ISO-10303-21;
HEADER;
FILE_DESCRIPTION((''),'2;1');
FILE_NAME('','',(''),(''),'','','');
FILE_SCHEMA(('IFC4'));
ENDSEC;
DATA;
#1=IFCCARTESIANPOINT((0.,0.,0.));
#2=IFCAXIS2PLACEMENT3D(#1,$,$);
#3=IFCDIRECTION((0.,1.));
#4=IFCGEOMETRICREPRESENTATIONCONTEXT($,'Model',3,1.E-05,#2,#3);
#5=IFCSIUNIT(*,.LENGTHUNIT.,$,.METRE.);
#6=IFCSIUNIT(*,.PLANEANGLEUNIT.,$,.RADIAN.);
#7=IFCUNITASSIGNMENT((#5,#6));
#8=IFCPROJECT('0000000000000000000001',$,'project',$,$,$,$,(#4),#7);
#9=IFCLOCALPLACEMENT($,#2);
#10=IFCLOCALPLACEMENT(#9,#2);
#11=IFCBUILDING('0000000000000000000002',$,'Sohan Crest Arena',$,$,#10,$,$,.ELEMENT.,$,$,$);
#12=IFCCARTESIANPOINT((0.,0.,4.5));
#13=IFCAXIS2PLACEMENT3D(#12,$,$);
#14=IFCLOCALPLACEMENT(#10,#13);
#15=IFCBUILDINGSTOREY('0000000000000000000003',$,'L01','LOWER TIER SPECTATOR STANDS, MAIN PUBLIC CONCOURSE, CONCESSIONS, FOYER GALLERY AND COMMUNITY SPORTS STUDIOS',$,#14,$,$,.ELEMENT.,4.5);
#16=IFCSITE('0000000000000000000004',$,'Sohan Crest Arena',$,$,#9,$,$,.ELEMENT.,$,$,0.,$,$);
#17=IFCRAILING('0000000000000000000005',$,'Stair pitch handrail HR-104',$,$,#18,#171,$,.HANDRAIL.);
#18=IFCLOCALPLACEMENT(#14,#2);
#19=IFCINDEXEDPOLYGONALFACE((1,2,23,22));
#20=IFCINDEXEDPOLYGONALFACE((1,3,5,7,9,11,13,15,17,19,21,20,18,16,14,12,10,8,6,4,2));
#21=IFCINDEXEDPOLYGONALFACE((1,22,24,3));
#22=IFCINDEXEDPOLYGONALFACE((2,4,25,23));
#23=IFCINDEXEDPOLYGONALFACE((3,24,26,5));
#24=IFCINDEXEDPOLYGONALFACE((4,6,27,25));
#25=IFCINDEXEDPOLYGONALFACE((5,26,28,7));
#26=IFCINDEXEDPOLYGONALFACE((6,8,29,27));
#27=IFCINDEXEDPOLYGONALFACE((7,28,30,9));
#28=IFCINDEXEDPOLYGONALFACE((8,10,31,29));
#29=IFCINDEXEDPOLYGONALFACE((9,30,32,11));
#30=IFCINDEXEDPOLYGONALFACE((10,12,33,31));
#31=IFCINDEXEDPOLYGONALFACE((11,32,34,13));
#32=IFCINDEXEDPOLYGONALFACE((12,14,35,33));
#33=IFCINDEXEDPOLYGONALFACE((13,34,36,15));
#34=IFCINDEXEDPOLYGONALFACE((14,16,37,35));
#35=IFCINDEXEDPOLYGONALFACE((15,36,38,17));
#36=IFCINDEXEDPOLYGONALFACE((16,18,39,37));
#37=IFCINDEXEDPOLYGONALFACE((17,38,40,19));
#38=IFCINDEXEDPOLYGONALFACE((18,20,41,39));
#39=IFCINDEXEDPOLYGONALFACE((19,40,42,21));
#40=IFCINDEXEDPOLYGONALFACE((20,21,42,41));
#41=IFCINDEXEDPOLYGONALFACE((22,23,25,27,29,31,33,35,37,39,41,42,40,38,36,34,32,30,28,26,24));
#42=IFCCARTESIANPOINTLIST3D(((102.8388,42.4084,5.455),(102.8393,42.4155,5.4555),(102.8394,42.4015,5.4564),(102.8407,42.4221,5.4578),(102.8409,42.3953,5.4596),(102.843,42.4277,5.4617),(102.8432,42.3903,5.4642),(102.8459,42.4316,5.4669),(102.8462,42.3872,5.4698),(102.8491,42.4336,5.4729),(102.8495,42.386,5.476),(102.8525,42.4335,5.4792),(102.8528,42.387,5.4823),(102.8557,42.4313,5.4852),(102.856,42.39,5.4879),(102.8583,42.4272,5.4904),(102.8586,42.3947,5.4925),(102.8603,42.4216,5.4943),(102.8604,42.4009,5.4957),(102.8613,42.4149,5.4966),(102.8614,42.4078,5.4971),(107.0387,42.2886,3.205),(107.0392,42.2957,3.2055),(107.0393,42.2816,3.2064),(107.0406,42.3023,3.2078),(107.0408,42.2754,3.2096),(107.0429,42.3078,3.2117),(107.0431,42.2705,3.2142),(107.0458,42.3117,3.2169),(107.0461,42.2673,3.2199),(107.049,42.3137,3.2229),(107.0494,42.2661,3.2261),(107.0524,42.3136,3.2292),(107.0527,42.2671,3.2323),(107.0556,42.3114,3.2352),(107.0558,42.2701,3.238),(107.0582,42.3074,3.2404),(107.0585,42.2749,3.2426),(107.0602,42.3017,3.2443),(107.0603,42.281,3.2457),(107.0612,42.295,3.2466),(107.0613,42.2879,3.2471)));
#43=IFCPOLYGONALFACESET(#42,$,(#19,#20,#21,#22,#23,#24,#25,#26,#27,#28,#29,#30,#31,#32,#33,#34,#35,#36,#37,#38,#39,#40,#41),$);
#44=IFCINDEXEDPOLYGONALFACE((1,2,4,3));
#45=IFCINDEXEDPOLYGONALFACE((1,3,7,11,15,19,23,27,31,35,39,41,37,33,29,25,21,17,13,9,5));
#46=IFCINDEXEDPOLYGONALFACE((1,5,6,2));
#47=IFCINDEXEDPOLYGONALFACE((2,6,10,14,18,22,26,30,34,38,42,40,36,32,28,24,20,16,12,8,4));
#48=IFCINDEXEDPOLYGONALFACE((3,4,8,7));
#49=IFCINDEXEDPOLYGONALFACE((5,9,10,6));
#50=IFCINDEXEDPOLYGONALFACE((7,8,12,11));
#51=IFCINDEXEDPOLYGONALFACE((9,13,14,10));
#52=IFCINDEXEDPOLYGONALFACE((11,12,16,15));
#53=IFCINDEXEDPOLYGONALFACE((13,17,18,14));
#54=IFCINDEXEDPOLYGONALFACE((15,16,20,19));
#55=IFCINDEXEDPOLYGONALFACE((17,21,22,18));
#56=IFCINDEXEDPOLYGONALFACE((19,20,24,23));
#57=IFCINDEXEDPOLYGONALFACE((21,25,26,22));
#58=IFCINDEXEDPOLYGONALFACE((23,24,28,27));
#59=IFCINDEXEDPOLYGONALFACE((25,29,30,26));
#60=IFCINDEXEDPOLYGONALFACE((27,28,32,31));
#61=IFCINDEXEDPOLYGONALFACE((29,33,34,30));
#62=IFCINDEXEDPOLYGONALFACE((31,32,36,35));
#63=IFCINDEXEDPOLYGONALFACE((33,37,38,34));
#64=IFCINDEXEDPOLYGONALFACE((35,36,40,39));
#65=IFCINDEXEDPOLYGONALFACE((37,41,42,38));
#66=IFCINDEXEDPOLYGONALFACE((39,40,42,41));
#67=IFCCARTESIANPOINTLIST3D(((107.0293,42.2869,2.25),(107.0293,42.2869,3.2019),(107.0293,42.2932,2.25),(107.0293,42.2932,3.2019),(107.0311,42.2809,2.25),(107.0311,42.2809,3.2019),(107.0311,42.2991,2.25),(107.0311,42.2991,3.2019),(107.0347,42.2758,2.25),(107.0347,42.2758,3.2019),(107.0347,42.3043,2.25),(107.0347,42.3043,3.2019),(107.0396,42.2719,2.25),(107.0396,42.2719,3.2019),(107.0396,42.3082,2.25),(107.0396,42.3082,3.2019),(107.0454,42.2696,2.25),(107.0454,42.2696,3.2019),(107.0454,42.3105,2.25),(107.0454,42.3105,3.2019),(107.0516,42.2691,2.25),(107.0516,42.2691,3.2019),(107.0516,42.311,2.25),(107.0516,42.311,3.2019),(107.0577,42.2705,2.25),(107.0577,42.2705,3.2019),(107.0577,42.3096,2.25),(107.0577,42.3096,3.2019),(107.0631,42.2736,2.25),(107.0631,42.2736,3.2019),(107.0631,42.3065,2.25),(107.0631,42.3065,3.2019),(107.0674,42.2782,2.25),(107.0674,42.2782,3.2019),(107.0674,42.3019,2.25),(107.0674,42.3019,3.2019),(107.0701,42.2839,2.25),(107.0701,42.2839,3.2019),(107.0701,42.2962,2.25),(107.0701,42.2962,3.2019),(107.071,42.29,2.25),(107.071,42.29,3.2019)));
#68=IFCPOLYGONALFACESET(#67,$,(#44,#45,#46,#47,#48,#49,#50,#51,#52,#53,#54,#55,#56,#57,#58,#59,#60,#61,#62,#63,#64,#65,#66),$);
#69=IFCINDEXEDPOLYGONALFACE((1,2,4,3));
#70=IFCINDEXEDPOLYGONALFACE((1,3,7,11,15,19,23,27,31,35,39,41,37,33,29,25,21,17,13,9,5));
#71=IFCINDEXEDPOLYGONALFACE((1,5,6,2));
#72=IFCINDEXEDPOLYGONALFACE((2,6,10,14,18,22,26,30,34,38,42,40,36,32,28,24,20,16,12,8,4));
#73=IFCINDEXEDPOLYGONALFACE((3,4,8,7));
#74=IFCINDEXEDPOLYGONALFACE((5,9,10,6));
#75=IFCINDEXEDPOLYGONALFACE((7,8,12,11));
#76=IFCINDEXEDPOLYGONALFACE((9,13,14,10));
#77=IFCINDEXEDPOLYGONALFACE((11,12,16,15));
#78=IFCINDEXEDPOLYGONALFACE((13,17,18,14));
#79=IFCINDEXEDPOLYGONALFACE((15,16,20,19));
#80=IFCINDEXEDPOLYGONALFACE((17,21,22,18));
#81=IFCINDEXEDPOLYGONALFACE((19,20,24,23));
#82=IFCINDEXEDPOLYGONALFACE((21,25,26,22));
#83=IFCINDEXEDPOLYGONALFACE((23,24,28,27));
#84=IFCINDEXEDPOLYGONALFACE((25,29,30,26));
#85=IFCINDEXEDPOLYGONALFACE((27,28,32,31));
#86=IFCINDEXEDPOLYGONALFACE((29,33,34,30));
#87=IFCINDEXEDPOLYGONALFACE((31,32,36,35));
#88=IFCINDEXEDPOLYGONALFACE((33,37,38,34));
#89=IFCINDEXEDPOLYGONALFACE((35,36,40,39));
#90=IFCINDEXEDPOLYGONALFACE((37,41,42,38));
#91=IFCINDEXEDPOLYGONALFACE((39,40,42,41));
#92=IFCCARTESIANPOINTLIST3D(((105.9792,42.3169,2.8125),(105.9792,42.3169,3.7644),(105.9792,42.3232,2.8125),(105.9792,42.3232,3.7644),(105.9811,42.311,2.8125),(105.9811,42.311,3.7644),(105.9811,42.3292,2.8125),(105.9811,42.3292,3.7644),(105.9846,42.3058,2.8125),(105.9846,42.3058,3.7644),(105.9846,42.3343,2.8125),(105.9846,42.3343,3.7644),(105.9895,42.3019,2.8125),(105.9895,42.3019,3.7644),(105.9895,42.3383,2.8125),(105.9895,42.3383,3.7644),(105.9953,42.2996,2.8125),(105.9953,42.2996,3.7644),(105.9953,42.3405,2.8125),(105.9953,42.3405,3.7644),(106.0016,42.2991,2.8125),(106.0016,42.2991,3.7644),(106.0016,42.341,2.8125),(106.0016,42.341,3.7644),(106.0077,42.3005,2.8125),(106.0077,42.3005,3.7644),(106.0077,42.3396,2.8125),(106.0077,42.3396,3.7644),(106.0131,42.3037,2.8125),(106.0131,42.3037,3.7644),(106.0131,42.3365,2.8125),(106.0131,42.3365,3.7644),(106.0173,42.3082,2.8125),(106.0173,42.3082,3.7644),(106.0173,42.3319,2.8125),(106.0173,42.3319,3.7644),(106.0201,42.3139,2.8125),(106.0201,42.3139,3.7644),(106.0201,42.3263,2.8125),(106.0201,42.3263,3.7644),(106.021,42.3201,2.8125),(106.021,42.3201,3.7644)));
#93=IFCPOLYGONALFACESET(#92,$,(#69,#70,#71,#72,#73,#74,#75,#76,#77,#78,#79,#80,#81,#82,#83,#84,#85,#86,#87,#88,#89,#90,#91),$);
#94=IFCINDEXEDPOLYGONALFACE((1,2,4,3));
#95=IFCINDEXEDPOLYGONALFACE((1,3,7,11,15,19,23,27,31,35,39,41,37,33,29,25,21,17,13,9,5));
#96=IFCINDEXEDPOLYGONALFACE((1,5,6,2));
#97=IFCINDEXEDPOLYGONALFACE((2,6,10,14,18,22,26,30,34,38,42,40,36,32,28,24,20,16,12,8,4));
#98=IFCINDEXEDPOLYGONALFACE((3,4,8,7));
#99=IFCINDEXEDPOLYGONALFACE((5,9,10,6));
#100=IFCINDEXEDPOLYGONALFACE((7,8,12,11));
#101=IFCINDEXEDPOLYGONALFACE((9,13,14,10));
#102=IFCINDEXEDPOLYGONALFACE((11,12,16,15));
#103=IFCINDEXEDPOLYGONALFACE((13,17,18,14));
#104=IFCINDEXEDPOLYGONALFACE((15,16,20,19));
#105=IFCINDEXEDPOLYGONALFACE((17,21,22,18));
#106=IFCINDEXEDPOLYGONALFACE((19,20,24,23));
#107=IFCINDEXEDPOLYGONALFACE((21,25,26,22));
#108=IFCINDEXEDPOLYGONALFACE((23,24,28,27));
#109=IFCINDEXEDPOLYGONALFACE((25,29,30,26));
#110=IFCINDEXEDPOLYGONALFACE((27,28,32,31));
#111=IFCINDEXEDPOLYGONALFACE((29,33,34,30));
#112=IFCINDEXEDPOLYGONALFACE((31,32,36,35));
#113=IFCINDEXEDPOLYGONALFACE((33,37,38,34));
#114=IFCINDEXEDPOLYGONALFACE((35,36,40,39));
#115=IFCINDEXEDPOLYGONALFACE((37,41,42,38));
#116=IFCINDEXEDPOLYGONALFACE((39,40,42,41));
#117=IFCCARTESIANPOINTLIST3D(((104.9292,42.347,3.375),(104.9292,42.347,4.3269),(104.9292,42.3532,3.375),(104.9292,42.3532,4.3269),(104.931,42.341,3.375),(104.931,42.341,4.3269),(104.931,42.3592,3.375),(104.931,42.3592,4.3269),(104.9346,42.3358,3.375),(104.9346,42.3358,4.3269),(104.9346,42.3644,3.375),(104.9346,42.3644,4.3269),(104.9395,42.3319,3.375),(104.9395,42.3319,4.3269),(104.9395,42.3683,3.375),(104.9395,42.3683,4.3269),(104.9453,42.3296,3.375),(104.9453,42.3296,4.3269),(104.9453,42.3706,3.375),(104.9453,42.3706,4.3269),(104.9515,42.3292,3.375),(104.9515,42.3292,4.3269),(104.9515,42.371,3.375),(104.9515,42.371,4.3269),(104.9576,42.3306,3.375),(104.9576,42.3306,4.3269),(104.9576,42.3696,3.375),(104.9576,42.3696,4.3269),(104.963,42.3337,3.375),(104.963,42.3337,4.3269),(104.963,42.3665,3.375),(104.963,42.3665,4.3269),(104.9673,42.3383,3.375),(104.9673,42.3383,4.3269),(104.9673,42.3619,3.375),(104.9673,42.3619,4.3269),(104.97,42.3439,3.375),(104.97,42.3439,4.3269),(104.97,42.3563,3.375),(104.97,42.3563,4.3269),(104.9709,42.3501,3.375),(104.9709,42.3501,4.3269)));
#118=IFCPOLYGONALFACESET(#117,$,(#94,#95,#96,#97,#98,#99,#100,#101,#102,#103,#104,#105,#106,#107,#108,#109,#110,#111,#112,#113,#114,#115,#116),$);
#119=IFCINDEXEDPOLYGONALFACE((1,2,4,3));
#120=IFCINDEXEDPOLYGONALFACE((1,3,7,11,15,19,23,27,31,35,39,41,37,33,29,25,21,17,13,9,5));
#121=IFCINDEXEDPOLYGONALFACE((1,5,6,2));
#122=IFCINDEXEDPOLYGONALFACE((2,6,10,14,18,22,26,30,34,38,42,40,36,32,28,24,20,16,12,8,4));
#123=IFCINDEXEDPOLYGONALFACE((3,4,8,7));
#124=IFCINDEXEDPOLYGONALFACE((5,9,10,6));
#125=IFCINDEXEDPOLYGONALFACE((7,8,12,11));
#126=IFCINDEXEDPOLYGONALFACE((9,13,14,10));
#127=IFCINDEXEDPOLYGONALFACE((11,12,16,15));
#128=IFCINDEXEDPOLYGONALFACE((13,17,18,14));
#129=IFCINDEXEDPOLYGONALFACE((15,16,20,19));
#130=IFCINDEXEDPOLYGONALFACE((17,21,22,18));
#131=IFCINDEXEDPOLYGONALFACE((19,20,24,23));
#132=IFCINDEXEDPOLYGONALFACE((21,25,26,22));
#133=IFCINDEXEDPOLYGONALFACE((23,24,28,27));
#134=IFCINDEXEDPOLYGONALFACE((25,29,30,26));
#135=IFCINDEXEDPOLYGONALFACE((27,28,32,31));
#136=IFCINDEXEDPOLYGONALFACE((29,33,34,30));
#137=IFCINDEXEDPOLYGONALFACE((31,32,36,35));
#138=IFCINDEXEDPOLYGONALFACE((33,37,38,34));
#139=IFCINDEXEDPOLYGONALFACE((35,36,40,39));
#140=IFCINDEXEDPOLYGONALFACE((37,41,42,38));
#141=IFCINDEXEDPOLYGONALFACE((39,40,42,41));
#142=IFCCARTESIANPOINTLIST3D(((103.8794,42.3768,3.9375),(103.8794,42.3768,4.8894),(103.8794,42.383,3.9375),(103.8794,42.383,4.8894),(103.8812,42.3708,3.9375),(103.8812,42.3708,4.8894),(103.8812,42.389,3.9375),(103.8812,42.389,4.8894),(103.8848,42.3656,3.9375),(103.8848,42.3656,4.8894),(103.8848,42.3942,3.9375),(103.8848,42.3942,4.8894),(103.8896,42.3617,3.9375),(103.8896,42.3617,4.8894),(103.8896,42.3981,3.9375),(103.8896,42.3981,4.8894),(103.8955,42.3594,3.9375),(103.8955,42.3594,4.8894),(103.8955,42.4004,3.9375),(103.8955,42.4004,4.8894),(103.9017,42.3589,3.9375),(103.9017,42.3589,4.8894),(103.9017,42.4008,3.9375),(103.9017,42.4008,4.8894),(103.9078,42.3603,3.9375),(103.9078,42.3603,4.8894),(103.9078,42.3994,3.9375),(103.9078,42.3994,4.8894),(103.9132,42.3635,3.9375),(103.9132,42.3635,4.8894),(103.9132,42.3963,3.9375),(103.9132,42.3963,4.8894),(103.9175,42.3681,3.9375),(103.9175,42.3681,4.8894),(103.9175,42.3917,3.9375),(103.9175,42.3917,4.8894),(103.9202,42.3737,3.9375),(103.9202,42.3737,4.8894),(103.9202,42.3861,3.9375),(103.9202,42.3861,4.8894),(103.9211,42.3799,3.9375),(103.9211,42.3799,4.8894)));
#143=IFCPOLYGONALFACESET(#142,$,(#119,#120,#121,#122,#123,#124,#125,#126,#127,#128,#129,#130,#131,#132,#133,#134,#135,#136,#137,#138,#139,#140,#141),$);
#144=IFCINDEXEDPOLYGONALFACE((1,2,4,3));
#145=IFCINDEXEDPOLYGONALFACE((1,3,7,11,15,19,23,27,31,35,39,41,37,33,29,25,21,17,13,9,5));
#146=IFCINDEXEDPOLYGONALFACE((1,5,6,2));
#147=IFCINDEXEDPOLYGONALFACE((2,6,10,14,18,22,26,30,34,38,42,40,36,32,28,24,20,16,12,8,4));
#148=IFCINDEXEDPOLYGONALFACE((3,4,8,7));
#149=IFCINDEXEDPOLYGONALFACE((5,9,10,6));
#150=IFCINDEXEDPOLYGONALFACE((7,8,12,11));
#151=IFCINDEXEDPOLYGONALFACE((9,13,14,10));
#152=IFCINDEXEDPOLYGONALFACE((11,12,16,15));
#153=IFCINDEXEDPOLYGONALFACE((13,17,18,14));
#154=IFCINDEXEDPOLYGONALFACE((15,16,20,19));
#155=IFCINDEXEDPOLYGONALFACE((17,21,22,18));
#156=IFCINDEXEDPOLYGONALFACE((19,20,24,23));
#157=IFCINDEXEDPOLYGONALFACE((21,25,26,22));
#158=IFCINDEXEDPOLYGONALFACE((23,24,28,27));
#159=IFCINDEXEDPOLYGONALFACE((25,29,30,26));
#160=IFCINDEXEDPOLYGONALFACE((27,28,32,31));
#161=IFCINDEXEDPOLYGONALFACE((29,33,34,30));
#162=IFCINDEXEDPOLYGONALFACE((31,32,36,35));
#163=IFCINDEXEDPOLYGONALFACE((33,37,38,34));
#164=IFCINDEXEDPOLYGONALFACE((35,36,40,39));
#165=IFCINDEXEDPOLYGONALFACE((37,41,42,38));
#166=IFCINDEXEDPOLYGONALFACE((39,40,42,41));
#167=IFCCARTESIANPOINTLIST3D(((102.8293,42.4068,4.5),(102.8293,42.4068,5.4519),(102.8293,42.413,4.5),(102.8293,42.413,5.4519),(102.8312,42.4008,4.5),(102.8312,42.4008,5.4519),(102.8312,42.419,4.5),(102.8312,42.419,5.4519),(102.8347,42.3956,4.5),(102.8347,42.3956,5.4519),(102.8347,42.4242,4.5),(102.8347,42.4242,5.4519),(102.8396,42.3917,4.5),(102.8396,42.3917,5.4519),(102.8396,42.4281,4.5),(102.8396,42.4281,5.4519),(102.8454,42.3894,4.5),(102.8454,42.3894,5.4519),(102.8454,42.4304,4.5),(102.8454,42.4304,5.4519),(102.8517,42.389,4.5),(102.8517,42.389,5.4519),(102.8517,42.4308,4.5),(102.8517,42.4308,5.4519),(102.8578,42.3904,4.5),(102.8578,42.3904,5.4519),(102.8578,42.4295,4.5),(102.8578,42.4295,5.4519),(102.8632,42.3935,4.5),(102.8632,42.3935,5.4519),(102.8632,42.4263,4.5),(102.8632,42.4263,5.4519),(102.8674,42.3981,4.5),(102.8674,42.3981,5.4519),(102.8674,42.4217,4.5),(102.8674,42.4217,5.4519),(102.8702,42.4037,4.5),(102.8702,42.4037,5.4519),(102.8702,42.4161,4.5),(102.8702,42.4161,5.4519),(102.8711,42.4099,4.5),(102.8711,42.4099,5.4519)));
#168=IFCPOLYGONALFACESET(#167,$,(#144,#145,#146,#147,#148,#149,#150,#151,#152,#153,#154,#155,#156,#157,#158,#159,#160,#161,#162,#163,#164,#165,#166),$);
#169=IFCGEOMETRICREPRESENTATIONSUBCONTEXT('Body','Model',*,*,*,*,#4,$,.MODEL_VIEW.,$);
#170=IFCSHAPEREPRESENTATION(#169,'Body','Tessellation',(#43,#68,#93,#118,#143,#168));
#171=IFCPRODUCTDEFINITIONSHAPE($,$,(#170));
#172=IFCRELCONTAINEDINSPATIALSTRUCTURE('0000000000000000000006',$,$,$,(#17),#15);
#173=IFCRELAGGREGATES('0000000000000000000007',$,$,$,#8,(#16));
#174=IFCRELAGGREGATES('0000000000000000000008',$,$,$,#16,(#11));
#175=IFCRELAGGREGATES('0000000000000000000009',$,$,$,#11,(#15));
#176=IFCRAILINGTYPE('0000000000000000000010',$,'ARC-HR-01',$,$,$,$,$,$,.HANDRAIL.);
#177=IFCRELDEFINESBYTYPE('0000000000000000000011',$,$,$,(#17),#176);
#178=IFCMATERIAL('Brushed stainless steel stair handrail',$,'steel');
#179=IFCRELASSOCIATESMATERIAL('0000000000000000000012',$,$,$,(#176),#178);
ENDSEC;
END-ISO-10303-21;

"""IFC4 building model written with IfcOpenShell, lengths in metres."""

from ifc_helpers import new_model, si_unit, direction, frame, origin, origin_2d, place, context, subcontext, project, spatial, circle, extrude, material, type_object, element, save


model = new_model("IFC4")

# Units and contexts
model_context = context("Model", 3, precision=1e-05, world=origin(), true_north=direction((0.0, 1.0)))
body_context = subcontext(model_context, "Body", "Model", "MODEL_VIEW")
ifc_project = project(units=[si_unit("LENGTHUNIT", "METRE"), si_unit("PLANEANGLEUNIT", "RADIAN")], contexts=[model_context])

# Site, building, storey
site_placement = place(None, origin())
site = spatial("IfcSite", under=ifc_project, at=site_placement, Name="Sohan Crest Arena", CompositionType="ELEMENT", RefElevation=0.0)
building_placement = place(site_placement, origin())
building = spatial("IfcBuilding", under=site, at=building_placement, Name="Sohan Crest Arena", CompositionType="ELEMENT")
storey_placement = place(building_placement, frame((0.0, 0.0, 4.5)))
storey = spatial("IfcBuildingStorey", under=building, at=storey_placement, Name="L01", Description="LOWER TIER SPECTATOR STANDS, MAIN PUBLIC CONCOURSE, CONCESSIONS, FOYER GALLERY AND COMMUNITY SPORTS STUDIOS", CompositionType="ELEMENT", Elevation=4.5)

# Railing
ifc_material_1 = material(Name="Brushed stainless steel stair handrail", Category="steel")
railing_type = type_object("IfcRailingType", Name="ARC-HR-01", PredefinedType="HANDRAIL", material=ifc_material_1)
railing_1_placement = place(storey_placement, frame((107.05, 42.29, 2.25)))
element("IfcRailing", 1, at=railing_1_placement, inside=storey, type_object=railing_type, Name="Stair pitch handrail HR-104", PredefinedType="HANDRAIL", context=body_context, shape_type="SweptSolid", body=[
    extrude(circle(Radius=0.0239, at=origin_2d()), frame((0.0, 0.0, 0.9761), z_axis=(-0.881199, 0.025151, 0.472076), x_axis=(-0.02853, -0.999593, 0.0)), (0.0, 0.0, 1.0), 4.7661),
    extrude(circle(Radius=0.021, at=origin_2d()), origin(), (0.0, 0.0, 1.0), 0.9519),
    extrude(circle(Radius=0.021, at=origin_2d()), frame((-1.05, 0.03, 0.5625)), (0.0, 0.0, 1.0), 0.9519),
    extrude(circle(Radius=0.021, at=origin_2d()), frame((-2.1001, 0.0601, 1.125)), (0.0, 0.0, 1.0), 0.9519),
    extrude(circle(Radius=0.021, at=origin_2d()), frame((-3.1499, 0.0898, 1.6875)), (0.0, 0.0, 1.0), 0.9519),
    extrude(circle(Radius=0.021, at=origin_2d()), frame((-4.2, 0.1199, 2.25)), (0.0, 0.0, 1.0), 0.9519),
])

save(model, "model.ifc")
